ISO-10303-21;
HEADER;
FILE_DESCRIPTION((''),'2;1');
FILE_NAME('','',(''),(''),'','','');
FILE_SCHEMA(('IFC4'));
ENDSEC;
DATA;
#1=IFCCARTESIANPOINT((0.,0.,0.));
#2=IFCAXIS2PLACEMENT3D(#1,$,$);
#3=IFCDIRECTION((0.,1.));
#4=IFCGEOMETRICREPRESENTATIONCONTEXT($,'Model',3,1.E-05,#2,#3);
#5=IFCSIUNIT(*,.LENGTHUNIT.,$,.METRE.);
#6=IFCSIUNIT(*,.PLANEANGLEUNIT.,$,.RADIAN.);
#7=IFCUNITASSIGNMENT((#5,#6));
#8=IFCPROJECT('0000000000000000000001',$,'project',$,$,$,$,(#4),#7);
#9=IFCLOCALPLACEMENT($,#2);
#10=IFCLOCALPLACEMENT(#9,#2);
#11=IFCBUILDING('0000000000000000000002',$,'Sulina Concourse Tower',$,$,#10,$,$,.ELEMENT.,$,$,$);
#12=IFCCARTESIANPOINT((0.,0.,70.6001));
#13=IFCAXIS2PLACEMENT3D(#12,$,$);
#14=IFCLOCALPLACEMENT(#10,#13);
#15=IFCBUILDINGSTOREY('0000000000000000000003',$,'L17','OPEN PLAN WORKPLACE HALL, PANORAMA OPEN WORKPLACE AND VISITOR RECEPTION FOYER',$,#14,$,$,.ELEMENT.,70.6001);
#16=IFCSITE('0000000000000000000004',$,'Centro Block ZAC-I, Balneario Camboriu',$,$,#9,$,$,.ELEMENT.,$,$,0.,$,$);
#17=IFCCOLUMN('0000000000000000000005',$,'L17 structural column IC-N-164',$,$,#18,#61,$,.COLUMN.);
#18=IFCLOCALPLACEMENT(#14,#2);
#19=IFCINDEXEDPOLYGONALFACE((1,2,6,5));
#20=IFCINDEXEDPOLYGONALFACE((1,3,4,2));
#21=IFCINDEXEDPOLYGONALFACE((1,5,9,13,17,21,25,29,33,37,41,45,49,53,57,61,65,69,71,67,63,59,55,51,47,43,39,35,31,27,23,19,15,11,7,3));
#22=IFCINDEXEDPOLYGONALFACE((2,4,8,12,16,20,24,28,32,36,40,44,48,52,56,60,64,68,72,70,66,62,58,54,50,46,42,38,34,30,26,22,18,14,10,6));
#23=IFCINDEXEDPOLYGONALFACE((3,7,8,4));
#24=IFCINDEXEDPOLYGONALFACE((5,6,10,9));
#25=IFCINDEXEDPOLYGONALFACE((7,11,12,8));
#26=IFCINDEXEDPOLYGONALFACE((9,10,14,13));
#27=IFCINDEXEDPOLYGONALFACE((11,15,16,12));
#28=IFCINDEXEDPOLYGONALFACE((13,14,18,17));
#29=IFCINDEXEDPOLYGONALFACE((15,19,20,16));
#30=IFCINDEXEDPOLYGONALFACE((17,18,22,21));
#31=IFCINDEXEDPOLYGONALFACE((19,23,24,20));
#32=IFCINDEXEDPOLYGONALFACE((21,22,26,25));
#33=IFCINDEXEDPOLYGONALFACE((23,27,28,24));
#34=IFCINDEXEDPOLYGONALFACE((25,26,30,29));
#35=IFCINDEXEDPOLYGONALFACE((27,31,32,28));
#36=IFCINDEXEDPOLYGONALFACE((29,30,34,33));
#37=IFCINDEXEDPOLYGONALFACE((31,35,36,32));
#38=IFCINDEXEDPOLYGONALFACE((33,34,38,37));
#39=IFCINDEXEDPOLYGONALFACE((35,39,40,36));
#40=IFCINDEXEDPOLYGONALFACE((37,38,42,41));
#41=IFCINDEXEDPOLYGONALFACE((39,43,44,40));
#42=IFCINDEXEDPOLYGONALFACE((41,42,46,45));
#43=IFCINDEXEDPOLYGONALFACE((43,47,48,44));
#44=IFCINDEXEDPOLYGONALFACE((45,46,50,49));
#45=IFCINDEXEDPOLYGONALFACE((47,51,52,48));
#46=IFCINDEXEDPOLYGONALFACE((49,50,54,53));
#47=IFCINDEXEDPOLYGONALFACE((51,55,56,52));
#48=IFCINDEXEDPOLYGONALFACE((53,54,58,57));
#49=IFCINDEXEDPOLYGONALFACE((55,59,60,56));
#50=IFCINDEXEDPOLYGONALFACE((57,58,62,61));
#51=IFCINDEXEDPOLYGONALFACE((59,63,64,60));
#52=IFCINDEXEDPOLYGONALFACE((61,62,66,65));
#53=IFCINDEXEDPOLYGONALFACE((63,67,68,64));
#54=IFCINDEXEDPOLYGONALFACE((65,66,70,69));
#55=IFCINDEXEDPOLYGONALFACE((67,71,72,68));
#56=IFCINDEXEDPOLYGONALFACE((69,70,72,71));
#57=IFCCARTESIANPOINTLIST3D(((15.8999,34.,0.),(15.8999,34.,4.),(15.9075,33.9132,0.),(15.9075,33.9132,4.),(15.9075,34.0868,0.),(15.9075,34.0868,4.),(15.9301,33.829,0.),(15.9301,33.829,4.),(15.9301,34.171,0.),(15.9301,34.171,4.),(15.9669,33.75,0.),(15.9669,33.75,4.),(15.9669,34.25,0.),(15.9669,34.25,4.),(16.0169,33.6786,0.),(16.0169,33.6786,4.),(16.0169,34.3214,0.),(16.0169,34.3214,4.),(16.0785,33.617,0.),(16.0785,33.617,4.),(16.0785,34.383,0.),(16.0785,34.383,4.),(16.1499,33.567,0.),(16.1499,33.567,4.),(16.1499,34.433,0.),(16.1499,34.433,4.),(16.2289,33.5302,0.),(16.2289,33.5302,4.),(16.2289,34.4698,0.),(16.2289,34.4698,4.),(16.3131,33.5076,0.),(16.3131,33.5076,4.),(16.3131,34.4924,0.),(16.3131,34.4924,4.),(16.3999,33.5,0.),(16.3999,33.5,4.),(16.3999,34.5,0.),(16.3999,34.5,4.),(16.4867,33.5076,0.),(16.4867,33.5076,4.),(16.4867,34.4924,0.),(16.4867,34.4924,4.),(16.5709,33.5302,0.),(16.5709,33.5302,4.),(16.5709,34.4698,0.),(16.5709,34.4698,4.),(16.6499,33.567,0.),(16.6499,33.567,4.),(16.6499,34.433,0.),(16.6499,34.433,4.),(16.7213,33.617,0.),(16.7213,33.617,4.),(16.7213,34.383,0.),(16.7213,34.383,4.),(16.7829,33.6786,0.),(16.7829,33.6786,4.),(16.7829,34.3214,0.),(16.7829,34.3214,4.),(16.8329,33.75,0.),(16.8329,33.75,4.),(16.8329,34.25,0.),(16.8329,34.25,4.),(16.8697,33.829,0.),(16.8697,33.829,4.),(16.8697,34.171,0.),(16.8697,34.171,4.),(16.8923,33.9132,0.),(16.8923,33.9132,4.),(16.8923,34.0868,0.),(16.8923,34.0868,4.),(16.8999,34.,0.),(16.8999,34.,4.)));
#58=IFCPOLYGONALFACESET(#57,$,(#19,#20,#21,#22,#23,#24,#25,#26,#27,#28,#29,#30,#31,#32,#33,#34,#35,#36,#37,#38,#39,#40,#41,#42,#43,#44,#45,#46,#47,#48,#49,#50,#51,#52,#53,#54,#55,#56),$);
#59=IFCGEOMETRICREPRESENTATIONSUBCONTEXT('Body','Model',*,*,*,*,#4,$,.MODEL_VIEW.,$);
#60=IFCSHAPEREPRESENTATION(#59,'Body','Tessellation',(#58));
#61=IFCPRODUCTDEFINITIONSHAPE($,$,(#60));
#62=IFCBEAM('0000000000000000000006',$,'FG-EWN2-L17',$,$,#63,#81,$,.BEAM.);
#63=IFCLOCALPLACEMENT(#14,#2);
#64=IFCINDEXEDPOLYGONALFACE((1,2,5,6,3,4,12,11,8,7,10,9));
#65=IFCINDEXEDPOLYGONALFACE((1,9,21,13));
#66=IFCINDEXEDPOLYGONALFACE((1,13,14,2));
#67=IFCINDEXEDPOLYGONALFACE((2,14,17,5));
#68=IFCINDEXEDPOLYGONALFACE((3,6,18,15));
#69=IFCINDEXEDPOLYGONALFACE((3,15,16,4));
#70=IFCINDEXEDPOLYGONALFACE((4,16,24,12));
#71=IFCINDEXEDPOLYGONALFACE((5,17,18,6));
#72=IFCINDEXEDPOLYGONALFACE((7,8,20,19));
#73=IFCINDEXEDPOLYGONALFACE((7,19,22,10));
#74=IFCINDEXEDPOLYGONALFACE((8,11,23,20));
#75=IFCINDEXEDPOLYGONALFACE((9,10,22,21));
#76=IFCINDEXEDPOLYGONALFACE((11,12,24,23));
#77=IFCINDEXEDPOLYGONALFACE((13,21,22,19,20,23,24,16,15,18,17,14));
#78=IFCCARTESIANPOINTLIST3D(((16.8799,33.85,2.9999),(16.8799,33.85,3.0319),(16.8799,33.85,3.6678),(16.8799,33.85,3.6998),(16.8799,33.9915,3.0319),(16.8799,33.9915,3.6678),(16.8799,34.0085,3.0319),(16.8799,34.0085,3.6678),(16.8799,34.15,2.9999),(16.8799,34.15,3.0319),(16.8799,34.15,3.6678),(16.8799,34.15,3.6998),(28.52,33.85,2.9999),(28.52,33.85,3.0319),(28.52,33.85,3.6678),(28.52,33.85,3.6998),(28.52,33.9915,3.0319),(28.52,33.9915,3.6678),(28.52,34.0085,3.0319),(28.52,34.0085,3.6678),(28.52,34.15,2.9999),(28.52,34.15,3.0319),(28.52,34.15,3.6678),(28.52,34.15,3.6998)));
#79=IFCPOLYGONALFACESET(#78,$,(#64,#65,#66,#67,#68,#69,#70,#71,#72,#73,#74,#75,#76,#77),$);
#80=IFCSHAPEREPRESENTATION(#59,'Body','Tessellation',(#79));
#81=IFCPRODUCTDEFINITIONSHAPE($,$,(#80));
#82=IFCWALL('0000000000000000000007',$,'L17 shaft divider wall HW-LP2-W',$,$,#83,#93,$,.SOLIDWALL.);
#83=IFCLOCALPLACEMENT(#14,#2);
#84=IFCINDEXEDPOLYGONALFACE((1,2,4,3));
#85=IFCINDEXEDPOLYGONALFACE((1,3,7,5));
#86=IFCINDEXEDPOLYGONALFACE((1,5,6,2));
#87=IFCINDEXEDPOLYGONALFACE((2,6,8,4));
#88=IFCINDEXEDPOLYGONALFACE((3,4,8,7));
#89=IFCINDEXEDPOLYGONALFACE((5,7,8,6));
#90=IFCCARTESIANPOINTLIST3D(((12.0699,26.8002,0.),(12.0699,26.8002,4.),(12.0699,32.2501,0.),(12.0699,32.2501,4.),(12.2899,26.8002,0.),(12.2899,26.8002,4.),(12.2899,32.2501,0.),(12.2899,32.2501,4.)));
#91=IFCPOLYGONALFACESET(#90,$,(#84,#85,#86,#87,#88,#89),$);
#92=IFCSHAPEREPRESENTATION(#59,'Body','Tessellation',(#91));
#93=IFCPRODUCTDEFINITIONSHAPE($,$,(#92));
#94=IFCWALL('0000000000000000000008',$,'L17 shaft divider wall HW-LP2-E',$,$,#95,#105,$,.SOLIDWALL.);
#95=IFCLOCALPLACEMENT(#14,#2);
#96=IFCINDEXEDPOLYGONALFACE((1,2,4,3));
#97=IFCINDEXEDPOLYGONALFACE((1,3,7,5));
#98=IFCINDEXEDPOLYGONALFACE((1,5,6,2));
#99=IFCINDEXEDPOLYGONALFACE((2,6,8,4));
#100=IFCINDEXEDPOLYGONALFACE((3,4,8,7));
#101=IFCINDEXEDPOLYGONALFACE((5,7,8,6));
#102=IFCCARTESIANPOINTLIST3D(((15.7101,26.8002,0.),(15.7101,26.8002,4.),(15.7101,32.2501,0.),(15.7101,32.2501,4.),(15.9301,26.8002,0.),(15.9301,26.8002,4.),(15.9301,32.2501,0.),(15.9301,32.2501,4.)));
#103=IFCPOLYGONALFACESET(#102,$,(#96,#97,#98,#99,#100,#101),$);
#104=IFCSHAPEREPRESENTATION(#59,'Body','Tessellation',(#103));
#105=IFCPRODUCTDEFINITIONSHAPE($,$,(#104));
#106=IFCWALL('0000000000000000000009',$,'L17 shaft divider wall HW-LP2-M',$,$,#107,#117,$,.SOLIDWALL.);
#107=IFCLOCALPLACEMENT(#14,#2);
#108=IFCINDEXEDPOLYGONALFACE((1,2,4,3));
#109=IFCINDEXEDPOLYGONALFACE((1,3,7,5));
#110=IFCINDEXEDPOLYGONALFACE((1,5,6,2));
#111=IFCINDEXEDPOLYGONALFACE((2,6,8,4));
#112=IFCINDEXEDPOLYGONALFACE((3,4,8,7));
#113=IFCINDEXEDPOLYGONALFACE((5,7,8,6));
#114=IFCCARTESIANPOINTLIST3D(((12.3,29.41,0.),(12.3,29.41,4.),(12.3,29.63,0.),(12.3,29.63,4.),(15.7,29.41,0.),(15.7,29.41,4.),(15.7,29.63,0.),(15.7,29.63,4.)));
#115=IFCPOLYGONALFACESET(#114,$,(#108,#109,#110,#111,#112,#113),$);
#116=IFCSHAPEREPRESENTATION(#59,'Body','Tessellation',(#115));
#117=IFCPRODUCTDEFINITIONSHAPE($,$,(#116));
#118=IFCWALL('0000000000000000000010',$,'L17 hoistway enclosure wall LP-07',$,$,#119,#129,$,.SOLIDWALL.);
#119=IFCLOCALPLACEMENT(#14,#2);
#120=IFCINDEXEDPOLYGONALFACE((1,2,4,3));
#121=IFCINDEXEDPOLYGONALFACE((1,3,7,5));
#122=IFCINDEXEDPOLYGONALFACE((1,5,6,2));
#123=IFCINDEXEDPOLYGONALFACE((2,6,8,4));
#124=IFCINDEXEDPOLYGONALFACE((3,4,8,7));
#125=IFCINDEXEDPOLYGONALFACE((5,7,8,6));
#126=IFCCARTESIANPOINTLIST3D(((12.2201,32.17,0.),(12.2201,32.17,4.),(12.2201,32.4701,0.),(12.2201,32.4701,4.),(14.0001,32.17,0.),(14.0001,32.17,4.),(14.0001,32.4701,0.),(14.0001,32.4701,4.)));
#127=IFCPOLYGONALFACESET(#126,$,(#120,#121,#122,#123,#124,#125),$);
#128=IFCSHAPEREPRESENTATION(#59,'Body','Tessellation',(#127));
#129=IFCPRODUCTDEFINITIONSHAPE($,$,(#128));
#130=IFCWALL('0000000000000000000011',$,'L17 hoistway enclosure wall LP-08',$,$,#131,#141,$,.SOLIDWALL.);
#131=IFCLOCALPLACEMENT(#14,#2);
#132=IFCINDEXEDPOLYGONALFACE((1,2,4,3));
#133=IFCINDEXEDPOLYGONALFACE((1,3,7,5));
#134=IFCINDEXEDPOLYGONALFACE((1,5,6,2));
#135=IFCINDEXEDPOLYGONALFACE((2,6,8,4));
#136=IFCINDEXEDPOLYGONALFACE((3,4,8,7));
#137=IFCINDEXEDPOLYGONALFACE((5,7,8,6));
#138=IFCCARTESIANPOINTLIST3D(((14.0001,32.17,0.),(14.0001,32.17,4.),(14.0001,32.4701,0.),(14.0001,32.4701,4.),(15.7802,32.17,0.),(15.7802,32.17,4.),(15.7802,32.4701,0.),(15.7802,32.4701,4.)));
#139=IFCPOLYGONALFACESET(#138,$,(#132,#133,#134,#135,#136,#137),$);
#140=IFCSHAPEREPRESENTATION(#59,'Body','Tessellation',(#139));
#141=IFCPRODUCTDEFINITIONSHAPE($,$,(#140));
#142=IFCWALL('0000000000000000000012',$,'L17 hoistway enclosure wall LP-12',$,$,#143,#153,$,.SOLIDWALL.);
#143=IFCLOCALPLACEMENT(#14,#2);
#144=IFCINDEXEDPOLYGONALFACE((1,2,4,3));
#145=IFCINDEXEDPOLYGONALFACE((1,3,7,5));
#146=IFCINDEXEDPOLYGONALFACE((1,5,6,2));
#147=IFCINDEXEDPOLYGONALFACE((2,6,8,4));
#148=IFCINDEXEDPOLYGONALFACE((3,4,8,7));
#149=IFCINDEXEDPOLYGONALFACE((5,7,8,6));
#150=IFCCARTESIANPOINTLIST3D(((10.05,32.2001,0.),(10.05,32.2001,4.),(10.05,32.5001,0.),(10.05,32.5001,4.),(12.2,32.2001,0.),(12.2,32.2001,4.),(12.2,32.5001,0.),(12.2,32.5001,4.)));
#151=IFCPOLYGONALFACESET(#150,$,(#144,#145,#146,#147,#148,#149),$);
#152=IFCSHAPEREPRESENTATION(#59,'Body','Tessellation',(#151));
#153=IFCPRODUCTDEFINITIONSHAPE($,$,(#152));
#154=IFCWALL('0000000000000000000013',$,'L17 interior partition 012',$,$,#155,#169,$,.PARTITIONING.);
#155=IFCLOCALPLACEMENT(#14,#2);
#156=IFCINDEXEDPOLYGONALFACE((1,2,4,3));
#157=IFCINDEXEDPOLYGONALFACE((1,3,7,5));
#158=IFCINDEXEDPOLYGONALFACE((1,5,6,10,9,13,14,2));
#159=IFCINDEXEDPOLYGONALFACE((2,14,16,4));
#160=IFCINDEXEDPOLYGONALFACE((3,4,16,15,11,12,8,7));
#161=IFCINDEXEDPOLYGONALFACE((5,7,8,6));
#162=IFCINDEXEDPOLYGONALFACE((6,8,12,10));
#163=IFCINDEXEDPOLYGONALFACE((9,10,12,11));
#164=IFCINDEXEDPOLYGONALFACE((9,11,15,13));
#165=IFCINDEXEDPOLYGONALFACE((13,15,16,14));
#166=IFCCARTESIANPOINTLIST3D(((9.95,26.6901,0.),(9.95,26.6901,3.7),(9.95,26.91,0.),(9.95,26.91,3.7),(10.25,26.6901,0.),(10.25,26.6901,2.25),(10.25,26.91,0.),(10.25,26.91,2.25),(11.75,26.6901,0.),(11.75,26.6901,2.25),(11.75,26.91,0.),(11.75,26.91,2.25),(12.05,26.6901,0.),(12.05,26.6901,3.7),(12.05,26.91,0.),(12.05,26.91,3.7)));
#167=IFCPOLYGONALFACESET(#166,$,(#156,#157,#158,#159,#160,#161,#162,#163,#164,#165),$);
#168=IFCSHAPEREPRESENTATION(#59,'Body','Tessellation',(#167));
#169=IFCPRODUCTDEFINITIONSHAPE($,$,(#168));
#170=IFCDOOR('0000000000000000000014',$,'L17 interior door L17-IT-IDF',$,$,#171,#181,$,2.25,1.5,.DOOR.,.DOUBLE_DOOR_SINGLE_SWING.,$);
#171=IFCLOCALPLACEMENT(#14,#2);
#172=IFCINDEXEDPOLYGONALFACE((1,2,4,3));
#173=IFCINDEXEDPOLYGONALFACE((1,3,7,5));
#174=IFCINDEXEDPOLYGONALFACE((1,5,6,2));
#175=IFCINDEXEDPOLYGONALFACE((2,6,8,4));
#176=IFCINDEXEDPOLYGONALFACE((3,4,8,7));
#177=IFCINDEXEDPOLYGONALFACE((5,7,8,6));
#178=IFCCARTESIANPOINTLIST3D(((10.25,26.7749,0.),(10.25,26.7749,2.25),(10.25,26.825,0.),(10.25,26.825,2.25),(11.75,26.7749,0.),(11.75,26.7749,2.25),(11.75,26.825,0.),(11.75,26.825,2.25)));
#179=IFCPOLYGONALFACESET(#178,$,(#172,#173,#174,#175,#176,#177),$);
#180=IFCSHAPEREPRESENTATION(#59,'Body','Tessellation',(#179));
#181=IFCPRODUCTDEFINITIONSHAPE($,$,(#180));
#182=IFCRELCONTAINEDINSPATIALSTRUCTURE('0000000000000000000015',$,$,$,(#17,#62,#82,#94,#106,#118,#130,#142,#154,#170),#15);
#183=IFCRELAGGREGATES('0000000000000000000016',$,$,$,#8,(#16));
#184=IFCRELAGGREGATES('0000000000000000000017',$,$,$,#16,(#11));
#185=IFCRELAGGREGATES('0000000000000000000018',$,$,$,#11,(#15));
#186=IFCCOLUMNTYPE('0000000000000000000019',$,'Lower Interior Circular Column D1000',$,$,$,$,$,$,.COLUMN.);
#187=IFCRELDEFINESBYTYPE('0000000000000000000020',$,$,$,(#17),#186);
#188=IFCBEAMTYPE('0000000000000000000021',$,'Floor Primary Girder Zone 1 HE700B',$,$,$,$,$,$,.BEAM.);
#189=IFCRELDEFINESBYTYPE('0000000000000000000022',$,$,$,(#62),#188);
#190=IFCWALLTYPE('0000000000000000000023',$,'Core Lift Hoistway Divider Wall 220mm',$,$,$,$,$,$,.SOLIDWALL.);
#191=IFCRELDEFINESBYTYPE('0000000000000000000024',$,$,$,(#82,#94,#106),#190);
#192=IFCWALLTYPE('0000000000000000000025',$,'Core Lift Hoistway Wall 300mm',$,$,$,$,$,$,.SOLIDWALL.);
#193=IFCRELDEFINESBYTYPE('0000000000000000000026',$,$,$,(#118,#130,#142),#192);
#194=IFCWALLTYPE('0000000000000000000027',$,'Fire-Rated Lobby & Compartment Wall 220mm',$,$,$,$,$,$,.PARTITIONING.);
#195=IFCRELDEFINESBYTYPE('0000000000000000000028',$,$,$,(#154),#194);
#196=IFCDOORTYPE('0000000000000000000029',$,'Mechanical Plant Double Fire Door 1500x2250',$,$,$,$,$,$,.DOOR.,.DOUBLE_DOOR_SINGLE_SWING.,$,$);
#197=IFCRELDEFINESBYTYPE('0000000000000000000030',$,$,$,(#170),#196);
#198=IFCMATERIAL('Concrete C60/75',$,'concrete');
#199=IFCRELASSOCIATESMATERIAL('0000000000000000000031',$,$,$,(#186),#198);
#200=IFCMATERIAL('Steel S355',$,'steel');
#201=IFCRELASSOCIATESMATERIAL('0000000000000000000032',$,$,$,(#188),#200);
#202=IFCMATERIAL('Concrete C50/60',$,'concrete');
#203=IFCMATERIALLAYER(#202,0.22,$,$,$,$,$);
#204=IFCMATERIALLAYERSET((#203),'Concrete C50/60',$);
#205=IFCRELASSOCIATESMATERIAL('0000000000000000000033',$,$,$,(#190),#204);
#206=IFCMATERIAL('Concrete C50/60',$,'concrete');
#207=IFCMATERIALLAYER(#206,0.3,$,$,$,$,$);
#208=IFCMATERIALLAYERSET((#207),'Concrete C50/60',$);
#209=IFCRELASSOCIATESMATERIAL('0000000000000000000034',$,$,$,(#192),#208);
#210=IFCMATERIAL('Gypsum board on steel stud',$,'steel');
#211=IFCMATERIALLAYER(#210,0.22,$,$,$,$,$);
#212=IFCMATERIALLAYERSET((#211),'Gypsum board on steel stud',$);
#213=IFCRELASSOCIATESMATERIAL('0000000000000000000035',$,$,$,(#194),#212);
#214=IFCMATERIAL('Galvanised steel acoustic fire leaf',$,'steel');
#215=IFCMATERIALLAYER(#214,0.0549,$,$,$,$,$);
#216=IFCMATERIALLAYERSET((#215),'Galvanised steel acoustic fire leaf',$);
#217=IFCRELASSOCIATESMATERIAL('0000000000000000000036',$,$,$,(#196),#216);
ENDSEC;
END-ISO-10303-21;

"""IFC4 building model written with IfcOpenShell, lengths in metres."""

from ifc_helpers import new_model, si_unit, direction, frame, frame_2d, origin, origin_2d, place, context, subcontext, project, spatial, rectangle, circle, i_section, extrude, material, layer, layer_set, material_profile, profile_set, type_object, element, fill, save


model = new_model("IFC4")

# Units and contexts
model_context = context("Model", 3, precision=1e-05, world=origin(), true_north=direction((0.0, 1.0)))
body_context = subcontext(model_context, "Body", "Model", "MODEL_VIEW")
ifc_project = project(units=[si_unit("LENGTHUNIT", "METRE"), si_unit("PLANEANGLEUNIT", "RADIAN")], contexts=[model_context])

# Site, building, storey
site_placement = place(None, origin())
site = spatial("IfcSite", under=ifc_project, at=site_placement, Name="Centro Block ZAC-I, Balneario Camboriu", CompositionType="ELEMENT", RefElevation=0.0)
building_placement = place(site_placement, origin())
building = spatial("IfcBuilding", under=site, at=building_placement, Name="Sulina Concourse Tower", CompositionType="ELEMENT")
storey_placement = place(building_placement, frame((0.0, 0.0, 70.6001)))
storey = spatial("IfcBuildingStorey", under=building, at=storey_placement, Name="L17", Description="OPEN PLAN WORKPLACE HALL, PANORAMA OPEN WORKPLACE AND VISITOR RECEPTION FOYER", CompositionType="ELEMENT", Elevation=70.6001)

# Column
ifc_material_1 = material(Name="Concrete C60/75", Category="concrete")
ifc_material_profile_1 = material_profile(ifc_material_1, circle(Radius=0.5, at=origin_2d()), Name="RC D1000")
ifc_profile_set_1 = profile_set([ifc_material_profile_1], Name="Concrete C60/75")
column_type = type_object("IfcColumnType", Name="Lower Interior Circular Column D1000", PredefinedType="COLUMN", material=ifc_profile_set_1)
column_placement = place(storey_placement, frame((16.3999, 34.0, 0.0), z_axis=(0.0, 0.0, 1.0), x_axis=(1.0, 0.0, 0.0)))
element("IfcColumn", 1, at=column_placement, inside=storey, type_object=column_type, Name="L17 structural column IC-N-164", PredefinedType="COLUMN", context=body_context, shape_type="SweptSolid", body=[
    extrude(circle(Radius=0.5, at=origin_2d()), origin(), (0.0, 0.0, 1.0), 4.0),
])

# Beam
ifc_material_2 = material(Name="Steel S355", Category="steel")
ifc_material_profile_2 = material_profile(ifc_material_2, i_section(OverallWidth=0.3, OverallDepth=0.7, WebThickness=0.0171, FlangeThickness=0.032, at=origin_2d()), Name="HE 700 B")
ifc_profile_set_2 = profile_set([ifc_material_profile_2], Name="Steel S355")
beam_type = type_object("IfcBeamType", Name="Floor Primary Girder Zone 1 HE700B", PredefinedType="BEAM", material=ifc_profile_set_2)
beam_placement = place(storey_placement, frame((16.8799, 34.0, 3.3499), z_axis=(1.0, 0.0, 0.0), x_axis=(0.0, 1.0, 0.0)))
element("IfcBeam", 2, at=beam_placement, inside=storey, type_object=beam_type, Name="FG-EWN2-L17", PredefinedType="BEAM", context=body_context, shape_type="SweptSolid", body=[
    extrude(i_section(OverallWidth=0.3, OverallDepth=0.7, WebThickness=0.0171, FlangeThickness=0.032, at=origin_2d()), origin(), (0.0, 0.0, 1.0), 11.6401),
])

# Walls
ifc_material_3 = material(Name="Concrete C50/60", Category="concrete")
ifc_layer_1 = layer(ifc_material_3, 0.22)
ifc_layer_set_1 = layer_set([ifc_layer_1], Name="Concrete C50/60")
wall_type_1 = type_object("IfcWallType", Name="Core Lift Hoistway Divider Wall 220mm", PredefinedType="SOLIDWALL", material=ifc_layer_set_1)
for number, where, z_axis, x_axis, name in (
    (3, (12.1799, 26.8, 0.0), (0.0, 0.0, 1.0), (0.0, 1.0, 0.0), "L17 shaft divider wall HW-LP2-W"),
    (4, (15.8201, 26.8, 0.0), (0.0, 0.0, 1.0), (0.0, 1.0, 0.0), "L17 shaft divider wall HW-LP2-E"),
):
    element("IfcWall", number, at=place(storey_placement, frame(where, z_axis=z_axis, x_axis=x_axis)), inside=storey, type_object=wall_type_1, Name=name, PredefinedType="SOLIDWALL", context=body_context, shape_type="SweptSolid", body=[
        extrude(rectangle(XDim=5.45, YDim=0.22, at=frame_2d((2.7251, 0.0))), origin(), (0.0, 0.0, 1.0), 4.0),
    ])
wall_1_placement = place(storey_placement, frame((12.3, 29.52, 0.0), z_axis=(0.0, 0.0, 1.0), x_axis=(1.0, 0.0, 0.0)))
element("IfcWall", 5, at=wall_1_placement, inside=storey, type_object=wall_type_1, Name="L17 shaft divider wall HW-LP2-M", PredefinedType="SOLIDWALL", context=body_context, shape_type="SweptSolid", body=[
    extrude(rectangle(XDim=3.3999, YDim=0.22, at=frame_2d((1.7, 0.0))), origin(), (0.0, 0.0, 1.0), 4.0),
])
ifc_material_4 = material(Name="Concrete C50/60", Category="concrete")
ifc_layer_2 = layer(ifc_material_4, 0.3)
ifc_layer_set_2 = layer_set([ifc_layer_2], Name="Concrete C50/60")
wall_type_2 = type_object("IfcWallType", Name="Core Lift Hoistway Wall 300mm", PredefinedType="SOLIDWALL", material=ifc_layer_set_2)
for number, where, z_axis, x_axis, name in (
    (6, (12.22, 32.3201, 0.0), (0.0, 0.0, 1.0), (1.0, 0.0, 0.0), "L17 hoistway enclosure wall LP-07"),
    (7, (14.0, 32.3201, 0.0), (0.0, 0.0, 1.0), (1.0, 0.0, 0.0), "L17 hoistway enclosure wall LP-08"),
):
    element("IfcWall", number, at=place(storey_placement, frame(where, z_axis=z_axis, x_axis=x_axis)), inside=storey, type_object=wall_type_2, Name=name, PredefinedType="SOLIDWALL", context=body_context, shape_type="SweptSolid", body=[
        extrude(rectangle(XDim=1.78, YDim=0.3, at=frame_2d((0.8901, 0.0))), origin(), (0.0, 0.0, 1.0), 4.0),
    ])
wall_2_placement = place(storey_placement, frame((10.05, 32.3501, 0.0), z_axis=(0.0, 0.0, 1.0), x_axis=(1.0, 0.0, 0.0)))
element("IfcWall", 8, at=wall_2_placement, inside=storey, type_object=wall_type_2, Name="L17 hoistway enclosure wall LP-12", PredefinedType="SOLIDWALL", context=body_context, shape_type="SweptSolid", body=[
    extrude(rectangle(XDim=2.1499, YDim=0.3, at=frame_2d((1.075, 0.0))), origin(), (0.0, 0.0, 1.0), 4.0),
])

# Wall, opening, door
ifc_material_5 = material(Name="Gypsum board on steel stud", Category="steel")
ifc_layer_3 = layer(ifc_material_5, 0.22)
ifc_layer_set_3 = layer_set([ifc_layer_3], Name="Gypsum board on steel stud")
wall_type_3 = type_object("IfcWallType", Name="Fire-Rated Lobby & Compartment Wall 220mm", PredefinedType="PARTITIONING", material=ifc_layer_set_3)
wall_3_placement = place(storey_placement, frame((9.95, 26.8, 0.0), z_axis=(0.0, 0.0, 1.0), x_axis=(1.0, 0.0, 0.0)))
wall_3 = element("IfcWall", 9, at=wall_3_placement, inside=storey, type_object=wall_type_3, Name="L17 interior partition 012", PredefinedType="PARTITIONING", context=body_context, shape_type="SweptSolid", body=[
    extrude(rectangle(XDim=2.1001, YDim=0.22, at=frame_2d((1.05, 0.0))), origin(), (0.0, 0.0, 1.0), 3.7),
])
opening_1_placement = place(wall_3_placement, frame((0.3, 0.0, 0.0)))
opening_1 = element("IfcOpeningElement", 10, at=opening_1_placement, cuts=wall_3, PredefinedType="OPENING", context=body_context, shape_type="SweptSolid", body=[
    extrude(rectangle(XDim=1.5, YDim=2.25, at=frame_2d((0.75, 1.125))), frame((0.0, 0.1199, 0.0), z_axis=(0.0, -1.0, 0.0), x_axis=(1.0, 0.0, 0.0)), (0.0, 0.0, 1.0), 0.24),
])
ifc_material_6 = material(Name="Galvanised steel acoustic fire leaf", Category="steel")
ifc_layer_4 = layer(ifc_material_6, 0.0549)
ifc_layer_set_4 = layer_set([ifc_layer_4], Name="Galvanised steel acoustic fire leaf")
door_type_1 = type_object("IfcDoorType", Name="Mechanical Plant Double Fire Door 1500x2250", OperationType="DOUBLE_DOOR_SINGLE_SWING", PredefinedType="DOOR", material=ifc_layer_set_4)
door_1_placement = place(opening_1_placement, origin())
door_1 = element("IfcDoor", 11, at=door_1_placement, inside=storey, type_object=door_type_1, Name="L17 interior door L17-IT-IDF", OperationType="DOUBLE_DOOR_SINGLE_SWING", OverallHeight=2.25, OverallWidth=1.5, PredefinedType="DOOR", context=body_context, shape_type="SweptSolid", body=[
    extrude(rectangle(XDim=1.5, YDim=2.25, at=frame_2d((0.75, 1.125))), frame((0.0, 0.0249, 0.0), z_axis=(0.0, -1.0, 0.0), x_axis=(1.0, 0.0, 0.0)), (0.0, 0.0, 1.0), 0.05),
])
fill(opening_1, door_1)

save(model, "model.ifc")
